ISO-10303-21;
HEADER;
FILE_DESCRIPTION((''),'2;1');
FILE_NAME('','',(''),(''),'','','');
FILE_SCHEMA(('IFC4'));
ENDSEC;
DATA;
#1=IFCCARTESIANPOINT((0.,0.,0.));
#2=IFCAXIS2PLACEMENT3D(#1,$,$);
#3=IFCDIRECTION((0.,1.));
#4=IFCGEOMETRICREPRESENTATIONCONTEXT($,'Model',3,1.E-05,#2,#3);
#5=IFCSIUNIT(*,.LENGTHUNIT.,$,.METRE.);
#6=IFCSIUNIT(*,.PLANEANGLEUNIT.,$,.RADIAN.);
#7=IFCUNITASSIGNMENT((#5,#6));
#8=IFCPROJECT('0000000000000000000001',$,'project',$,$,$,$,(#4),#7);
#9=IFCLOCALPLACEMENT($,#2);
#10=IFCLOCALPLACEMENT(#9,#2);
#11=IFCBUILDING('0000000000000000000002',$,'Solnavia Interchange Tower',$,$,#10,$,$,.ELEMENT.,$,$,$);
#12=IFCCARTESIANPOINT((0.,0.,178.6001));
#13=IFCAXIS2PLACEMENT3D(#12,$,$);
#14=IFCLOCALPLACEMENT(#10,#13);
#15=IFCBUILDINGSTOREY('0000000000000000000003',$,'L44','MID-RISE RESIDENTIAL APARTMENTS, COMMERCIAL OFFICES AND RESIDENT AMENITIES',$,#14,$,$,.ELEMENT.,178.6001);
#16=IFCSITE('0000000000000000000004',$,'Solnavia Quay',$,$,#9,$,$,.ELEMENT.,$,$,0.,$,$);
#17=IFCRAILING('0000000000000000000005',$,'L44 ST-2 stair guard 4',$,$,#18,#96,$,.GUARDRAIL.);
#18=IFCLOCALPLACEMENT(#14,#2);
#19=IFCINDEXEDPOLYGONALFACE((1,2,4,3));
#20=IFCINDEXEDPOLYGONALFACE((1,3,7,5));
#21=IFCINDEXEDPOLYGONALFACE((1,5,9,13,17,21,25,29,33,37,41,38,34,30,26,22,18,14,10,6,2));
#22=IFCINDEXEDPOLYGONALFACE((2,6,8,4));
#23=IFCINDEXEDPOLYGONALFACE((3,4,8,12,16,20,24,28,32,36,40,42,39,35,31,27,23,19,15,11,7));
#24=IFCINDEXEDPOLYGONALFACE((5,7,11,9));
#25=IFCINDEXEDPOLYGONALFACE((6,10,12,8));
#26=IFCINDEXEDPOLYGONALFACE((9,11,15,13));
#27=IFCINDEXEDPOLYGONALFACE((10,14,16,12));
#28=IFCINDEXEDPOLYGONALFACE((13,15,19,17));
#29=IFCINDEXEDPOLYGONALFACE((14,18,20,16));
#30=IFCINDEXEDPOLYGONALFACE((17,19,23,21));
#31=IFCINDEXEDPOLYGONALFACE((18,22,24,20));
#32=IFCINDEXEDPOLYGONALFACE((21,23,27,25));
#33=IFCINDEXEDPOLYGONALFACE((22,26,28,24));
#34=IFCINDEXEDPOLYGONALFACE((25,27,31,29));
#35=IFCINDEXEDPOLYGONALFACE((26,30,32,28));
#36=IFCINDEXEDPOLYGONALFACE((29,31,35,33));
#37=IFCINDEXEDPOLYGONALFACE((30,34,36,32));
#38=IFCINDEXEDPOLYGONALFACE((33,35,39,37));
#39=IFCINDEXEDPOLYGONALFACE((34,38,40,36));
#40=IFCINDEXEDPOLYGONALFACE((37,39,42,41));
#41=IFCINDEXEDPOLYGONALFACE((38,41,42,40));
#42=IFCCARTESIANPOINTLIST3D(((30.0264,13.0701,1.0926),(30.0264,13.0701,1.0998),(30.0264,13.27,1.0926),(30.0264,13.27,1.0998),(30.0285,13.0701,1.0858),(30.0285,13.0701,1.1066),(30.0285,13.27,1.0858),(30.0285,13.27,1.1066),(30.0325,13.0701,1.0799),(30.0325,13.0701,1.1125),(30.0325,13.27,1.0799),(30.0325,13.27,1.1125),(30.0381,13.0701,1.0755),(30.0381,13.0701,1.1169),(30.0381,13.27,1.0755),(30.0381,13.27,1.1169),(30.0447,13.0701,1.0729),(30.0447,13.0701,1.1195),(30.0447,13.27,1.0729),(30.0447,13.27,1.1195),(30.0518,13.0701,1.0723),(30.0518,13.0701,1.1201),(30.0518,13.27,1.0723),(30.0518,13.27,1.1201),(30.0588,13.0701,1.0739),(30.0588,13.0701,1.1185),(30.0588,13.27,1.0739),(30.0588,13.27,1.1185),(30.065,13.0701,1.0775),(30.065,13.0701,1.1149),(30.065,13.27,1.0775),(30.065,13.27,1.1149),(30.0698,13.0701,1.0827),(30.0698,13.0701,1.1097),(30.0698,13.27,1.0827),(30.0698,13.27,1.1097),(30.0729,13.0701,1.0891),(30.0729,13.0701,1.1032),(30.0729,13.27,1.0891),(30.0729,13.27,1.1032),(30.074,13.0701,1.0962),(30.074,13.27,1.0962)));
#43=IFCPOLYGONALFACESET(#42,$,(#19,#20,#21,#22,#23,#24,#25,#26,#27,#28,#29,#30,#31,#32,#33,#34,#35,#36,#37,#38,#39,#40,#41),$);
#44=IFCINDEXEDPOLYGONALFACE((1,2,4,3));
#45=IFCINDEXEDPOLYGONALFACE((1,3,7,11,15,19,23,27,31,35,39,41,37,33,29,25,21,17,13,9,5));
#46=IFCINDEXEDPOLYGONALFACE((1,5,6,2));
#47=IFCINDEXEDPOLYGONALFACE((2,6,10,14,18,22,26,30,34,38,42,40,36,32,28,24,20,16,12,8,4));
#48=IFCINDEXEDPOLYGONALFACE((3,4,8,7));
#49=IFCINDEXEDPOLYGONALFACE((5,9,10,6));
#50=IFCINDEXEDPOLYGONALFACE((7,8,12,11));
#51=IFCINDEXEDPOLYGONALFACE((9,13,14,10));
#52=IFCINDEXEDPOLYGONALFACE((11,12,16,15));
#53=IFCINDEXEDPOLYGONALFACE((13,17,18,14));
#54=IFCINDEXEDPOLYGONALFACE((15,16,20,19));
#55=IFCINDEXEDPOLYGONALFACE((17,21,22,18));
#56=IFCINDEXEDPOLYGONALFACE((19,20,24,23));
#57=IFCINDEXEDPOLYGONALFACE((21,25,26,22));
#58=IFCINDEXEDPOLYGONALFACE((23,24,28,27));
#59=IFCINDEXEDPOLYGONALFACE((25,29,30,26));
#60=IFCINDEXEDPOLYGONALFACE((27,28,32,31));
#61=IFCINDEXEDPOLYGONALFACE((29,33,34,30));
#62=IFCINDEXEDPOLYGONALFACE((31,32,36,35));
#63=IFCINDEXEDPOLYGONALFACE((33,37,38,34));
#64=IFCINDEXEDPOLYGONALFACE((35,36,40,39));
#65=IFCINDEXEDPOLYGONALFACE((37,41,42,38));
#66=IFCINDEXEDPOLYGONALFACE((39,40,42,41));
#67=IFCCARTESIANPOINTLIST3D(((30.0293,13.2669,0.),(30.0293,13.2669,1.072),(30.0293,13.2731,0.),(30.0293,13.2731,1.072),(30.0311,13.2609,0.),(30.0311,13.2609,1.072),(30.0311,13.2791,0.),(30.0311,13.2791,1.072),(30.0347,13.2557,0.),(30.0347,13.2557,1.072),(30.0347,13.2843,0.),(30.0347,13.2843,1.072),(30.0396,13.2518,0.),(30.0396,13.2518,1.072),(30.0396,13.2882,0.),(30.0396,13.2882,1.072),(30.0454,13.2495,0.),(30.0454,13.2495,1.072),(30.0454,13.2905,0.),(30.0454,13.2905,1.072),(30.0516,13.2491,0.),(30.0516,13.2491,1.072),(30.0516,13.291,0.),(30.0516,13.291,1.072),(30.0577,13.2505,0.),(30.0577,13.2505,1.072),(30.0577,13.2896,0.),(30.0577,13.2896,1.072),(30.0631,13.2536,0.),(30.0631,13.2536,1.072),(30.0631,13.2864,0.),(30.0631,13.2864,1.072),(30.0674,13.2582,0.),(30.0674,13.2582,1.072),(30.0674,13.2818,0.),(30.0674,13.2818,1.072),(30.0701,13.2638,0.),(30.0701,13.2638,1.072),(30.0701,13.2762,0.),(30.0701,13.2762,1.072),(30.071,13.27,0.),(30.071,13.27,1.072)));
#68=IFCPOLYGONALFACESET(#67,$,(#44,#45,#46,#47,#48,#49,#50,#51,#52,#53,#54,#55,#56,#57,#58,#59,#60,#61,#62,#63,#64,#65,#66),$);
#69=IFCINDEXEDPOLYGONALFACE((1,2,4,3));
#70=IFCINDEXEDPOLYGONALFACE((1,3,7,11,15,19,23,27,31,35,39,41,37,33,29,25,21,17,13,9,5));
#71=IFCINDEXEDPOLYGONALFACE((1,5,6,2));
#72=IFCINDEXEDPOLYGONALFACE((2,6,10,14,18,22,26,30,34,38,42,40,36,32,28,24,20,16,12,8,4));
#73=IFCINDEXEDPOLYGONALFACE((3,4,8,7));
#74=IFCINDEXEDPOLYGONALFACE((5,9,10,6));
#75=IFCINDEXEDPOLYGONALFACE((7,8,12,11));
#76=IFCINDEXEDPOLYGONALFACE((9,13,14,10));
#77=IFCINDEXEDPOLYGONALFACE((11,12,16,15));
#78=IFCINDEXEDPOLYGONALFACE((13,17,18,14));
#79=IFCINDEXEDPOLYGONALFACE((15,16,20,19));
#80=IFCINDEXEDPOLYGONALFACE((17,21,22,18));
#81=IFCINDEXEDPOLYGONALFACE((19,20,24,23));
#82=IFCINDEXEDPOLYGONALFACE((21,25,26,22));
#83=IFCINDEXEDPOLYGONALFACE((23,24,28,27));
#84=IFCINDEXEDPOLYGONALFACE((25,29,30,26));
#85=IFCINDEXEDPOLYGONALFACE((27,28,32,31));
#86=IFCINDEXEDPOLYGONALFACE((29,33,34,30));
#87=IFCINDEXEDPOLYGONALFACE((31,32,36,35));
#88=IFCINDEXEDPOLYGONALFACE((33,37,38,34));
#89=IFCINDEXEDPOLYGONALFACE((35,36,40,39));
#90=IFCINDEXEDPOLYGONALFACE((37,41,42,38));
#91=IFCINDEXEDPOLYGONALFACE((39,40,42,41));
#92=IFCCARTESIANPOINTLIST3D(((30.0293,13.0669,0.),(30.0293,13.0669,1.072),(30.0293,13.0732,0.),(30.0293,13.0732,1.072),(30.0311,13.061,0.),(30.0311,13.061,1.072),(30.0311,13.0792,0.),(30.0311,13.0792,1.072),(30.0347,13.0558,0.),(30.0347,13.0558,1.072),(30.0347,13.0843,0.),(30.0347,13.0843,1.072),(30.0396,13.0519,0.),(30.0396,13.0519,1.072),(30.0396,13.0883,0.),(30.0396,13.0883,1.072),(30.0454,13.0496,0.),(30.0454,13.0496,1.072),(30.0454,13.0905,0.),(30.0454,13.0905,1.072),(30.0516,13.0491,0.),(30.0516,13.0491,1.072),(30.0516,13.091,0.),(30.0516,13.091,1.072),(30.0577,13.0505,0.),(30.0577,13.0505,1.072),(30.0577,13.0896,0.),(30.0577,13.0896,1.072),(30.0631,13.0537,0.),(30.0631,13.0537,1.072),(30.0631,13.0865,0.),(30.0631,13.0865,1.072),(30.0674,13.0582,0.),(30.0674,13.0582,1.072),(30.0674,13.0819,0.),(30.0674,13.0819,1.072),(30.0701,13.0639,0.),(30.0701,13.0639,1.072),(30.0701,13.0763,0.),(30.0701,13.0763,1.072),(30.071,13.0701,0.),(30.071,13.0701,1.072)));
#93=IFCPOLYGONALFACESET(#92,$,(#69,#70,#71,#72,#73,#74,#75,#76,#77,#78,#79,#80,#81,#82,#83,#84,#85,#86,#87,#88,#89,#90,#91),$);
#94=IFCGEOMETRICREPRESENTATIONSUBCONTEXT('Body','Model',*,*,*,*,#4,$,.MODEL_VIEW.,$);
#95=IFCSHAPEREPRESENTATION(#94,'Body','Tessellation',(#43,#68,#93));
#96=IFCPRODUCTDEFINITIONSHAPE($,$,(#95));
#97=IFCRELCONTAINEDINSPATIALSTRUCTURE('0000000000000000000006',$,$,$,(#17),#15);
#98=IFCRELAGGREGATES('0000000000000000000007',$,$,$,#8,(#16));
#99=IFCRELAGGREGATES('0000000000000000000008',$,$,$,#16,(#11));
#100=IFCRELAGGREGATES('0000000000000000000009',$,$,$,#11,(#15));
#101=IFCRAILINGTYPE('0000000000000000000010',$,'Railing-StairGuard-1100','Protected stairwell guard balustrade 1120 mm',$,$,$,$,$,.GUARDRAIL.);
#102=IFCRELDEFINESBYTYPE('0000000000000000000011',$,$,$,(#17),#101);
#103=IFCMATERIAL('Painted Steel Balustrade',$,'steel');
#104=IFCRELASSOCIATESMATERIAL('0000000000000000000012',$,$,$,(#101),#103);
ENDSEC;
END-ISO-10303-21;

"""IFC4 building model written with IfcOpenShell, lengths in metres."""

from ifc_helpers import new_model, si_unit, direction, frame, origin, origin_2d, place, context, subcontext, project, spatial, circle, extrude, material, type_object, element, save


model = new_model("IFC4")

# Units and contexts
model_context = context("Model", 3, precision=1e-05, world=origin(), true_north=direction((0.0, 1.0)))
body_context = subcontext(model_context, "Body", "Model", "MODEL_VIEW")
ifc_project = project(units=[si_unit("LENGTHUNIT", "METRE"), si_unit("PLANEANGLEUNIT", "RADIAN")], contexts=[model_context])

# Site, building, storey
site_placement = place(None, origin())
site = spatial("IfcSite", under=ifc_project, at=site_placement, Name="Solnavia Quay", CompositionType="ELEMENT", RefElevation=0.0)
building_placement = place(site_placement, origin())
building = spatial("IfcBuilding", under=site, at=building_placement, Name="Solnavia Interchange Tower", CompositionType="ELEMENT")
storey_placement = place(building_placement, frame((0.0, 0.0, 178.6001)))
storey = spatial("IfcBuildingStorey", under=building, at=storey_placement, Name="L44", Description="MID-RISE RESIDENTIAL APARTMENTS, COMMERCIAL OFFICES AND RESIDENT AMENITIES", CompositionType="ELEMENT", Elevation=178.6001)

# Railing
ifc_material_1 = material(Name="Painted Steel Balustrade", Category="steel")
railing_type_1 = type_object("IfcRailingType", Name="Railing-StairGuard-1100", Description="Protected stairwell guard balustrade 1120 mm", PredefinedType="GUARDRAIL", material=ifc_material_1)
railing_1_placement = place(storey_placement, frame((30.05, 13.27, 0.0)))
element("IfcRailing", 1, at=railing_1_placement, inside=storey, type_object=railing_type_1, Name="L44 ST-2 stair guard 4", PredefinedType="GUARDRAIL", context=body_context, shape_type="SweptSolid", body=[
    extrude(circle(Radius=0.0239, at=origin_2d()), frame((0.0, 0.0, 1.0962), z_axis=(0.0, -1.0, 0.0), x_axis=(1.0, 0.0, 0.0)), (0.0, 0.0, 1.0), 0.2),
    extrude(circle(Radius=0.021, at=origin_2d()), origin(), (0.0, 0.0, 1.0), 1.072),
    extrude(circle(Radius=0.021, at=origin_2d()), frame((0.0, -0.2, 0.0)), (0.0, 0.0, 1.0), 1.072),
])

save(model, "model.ifc")
